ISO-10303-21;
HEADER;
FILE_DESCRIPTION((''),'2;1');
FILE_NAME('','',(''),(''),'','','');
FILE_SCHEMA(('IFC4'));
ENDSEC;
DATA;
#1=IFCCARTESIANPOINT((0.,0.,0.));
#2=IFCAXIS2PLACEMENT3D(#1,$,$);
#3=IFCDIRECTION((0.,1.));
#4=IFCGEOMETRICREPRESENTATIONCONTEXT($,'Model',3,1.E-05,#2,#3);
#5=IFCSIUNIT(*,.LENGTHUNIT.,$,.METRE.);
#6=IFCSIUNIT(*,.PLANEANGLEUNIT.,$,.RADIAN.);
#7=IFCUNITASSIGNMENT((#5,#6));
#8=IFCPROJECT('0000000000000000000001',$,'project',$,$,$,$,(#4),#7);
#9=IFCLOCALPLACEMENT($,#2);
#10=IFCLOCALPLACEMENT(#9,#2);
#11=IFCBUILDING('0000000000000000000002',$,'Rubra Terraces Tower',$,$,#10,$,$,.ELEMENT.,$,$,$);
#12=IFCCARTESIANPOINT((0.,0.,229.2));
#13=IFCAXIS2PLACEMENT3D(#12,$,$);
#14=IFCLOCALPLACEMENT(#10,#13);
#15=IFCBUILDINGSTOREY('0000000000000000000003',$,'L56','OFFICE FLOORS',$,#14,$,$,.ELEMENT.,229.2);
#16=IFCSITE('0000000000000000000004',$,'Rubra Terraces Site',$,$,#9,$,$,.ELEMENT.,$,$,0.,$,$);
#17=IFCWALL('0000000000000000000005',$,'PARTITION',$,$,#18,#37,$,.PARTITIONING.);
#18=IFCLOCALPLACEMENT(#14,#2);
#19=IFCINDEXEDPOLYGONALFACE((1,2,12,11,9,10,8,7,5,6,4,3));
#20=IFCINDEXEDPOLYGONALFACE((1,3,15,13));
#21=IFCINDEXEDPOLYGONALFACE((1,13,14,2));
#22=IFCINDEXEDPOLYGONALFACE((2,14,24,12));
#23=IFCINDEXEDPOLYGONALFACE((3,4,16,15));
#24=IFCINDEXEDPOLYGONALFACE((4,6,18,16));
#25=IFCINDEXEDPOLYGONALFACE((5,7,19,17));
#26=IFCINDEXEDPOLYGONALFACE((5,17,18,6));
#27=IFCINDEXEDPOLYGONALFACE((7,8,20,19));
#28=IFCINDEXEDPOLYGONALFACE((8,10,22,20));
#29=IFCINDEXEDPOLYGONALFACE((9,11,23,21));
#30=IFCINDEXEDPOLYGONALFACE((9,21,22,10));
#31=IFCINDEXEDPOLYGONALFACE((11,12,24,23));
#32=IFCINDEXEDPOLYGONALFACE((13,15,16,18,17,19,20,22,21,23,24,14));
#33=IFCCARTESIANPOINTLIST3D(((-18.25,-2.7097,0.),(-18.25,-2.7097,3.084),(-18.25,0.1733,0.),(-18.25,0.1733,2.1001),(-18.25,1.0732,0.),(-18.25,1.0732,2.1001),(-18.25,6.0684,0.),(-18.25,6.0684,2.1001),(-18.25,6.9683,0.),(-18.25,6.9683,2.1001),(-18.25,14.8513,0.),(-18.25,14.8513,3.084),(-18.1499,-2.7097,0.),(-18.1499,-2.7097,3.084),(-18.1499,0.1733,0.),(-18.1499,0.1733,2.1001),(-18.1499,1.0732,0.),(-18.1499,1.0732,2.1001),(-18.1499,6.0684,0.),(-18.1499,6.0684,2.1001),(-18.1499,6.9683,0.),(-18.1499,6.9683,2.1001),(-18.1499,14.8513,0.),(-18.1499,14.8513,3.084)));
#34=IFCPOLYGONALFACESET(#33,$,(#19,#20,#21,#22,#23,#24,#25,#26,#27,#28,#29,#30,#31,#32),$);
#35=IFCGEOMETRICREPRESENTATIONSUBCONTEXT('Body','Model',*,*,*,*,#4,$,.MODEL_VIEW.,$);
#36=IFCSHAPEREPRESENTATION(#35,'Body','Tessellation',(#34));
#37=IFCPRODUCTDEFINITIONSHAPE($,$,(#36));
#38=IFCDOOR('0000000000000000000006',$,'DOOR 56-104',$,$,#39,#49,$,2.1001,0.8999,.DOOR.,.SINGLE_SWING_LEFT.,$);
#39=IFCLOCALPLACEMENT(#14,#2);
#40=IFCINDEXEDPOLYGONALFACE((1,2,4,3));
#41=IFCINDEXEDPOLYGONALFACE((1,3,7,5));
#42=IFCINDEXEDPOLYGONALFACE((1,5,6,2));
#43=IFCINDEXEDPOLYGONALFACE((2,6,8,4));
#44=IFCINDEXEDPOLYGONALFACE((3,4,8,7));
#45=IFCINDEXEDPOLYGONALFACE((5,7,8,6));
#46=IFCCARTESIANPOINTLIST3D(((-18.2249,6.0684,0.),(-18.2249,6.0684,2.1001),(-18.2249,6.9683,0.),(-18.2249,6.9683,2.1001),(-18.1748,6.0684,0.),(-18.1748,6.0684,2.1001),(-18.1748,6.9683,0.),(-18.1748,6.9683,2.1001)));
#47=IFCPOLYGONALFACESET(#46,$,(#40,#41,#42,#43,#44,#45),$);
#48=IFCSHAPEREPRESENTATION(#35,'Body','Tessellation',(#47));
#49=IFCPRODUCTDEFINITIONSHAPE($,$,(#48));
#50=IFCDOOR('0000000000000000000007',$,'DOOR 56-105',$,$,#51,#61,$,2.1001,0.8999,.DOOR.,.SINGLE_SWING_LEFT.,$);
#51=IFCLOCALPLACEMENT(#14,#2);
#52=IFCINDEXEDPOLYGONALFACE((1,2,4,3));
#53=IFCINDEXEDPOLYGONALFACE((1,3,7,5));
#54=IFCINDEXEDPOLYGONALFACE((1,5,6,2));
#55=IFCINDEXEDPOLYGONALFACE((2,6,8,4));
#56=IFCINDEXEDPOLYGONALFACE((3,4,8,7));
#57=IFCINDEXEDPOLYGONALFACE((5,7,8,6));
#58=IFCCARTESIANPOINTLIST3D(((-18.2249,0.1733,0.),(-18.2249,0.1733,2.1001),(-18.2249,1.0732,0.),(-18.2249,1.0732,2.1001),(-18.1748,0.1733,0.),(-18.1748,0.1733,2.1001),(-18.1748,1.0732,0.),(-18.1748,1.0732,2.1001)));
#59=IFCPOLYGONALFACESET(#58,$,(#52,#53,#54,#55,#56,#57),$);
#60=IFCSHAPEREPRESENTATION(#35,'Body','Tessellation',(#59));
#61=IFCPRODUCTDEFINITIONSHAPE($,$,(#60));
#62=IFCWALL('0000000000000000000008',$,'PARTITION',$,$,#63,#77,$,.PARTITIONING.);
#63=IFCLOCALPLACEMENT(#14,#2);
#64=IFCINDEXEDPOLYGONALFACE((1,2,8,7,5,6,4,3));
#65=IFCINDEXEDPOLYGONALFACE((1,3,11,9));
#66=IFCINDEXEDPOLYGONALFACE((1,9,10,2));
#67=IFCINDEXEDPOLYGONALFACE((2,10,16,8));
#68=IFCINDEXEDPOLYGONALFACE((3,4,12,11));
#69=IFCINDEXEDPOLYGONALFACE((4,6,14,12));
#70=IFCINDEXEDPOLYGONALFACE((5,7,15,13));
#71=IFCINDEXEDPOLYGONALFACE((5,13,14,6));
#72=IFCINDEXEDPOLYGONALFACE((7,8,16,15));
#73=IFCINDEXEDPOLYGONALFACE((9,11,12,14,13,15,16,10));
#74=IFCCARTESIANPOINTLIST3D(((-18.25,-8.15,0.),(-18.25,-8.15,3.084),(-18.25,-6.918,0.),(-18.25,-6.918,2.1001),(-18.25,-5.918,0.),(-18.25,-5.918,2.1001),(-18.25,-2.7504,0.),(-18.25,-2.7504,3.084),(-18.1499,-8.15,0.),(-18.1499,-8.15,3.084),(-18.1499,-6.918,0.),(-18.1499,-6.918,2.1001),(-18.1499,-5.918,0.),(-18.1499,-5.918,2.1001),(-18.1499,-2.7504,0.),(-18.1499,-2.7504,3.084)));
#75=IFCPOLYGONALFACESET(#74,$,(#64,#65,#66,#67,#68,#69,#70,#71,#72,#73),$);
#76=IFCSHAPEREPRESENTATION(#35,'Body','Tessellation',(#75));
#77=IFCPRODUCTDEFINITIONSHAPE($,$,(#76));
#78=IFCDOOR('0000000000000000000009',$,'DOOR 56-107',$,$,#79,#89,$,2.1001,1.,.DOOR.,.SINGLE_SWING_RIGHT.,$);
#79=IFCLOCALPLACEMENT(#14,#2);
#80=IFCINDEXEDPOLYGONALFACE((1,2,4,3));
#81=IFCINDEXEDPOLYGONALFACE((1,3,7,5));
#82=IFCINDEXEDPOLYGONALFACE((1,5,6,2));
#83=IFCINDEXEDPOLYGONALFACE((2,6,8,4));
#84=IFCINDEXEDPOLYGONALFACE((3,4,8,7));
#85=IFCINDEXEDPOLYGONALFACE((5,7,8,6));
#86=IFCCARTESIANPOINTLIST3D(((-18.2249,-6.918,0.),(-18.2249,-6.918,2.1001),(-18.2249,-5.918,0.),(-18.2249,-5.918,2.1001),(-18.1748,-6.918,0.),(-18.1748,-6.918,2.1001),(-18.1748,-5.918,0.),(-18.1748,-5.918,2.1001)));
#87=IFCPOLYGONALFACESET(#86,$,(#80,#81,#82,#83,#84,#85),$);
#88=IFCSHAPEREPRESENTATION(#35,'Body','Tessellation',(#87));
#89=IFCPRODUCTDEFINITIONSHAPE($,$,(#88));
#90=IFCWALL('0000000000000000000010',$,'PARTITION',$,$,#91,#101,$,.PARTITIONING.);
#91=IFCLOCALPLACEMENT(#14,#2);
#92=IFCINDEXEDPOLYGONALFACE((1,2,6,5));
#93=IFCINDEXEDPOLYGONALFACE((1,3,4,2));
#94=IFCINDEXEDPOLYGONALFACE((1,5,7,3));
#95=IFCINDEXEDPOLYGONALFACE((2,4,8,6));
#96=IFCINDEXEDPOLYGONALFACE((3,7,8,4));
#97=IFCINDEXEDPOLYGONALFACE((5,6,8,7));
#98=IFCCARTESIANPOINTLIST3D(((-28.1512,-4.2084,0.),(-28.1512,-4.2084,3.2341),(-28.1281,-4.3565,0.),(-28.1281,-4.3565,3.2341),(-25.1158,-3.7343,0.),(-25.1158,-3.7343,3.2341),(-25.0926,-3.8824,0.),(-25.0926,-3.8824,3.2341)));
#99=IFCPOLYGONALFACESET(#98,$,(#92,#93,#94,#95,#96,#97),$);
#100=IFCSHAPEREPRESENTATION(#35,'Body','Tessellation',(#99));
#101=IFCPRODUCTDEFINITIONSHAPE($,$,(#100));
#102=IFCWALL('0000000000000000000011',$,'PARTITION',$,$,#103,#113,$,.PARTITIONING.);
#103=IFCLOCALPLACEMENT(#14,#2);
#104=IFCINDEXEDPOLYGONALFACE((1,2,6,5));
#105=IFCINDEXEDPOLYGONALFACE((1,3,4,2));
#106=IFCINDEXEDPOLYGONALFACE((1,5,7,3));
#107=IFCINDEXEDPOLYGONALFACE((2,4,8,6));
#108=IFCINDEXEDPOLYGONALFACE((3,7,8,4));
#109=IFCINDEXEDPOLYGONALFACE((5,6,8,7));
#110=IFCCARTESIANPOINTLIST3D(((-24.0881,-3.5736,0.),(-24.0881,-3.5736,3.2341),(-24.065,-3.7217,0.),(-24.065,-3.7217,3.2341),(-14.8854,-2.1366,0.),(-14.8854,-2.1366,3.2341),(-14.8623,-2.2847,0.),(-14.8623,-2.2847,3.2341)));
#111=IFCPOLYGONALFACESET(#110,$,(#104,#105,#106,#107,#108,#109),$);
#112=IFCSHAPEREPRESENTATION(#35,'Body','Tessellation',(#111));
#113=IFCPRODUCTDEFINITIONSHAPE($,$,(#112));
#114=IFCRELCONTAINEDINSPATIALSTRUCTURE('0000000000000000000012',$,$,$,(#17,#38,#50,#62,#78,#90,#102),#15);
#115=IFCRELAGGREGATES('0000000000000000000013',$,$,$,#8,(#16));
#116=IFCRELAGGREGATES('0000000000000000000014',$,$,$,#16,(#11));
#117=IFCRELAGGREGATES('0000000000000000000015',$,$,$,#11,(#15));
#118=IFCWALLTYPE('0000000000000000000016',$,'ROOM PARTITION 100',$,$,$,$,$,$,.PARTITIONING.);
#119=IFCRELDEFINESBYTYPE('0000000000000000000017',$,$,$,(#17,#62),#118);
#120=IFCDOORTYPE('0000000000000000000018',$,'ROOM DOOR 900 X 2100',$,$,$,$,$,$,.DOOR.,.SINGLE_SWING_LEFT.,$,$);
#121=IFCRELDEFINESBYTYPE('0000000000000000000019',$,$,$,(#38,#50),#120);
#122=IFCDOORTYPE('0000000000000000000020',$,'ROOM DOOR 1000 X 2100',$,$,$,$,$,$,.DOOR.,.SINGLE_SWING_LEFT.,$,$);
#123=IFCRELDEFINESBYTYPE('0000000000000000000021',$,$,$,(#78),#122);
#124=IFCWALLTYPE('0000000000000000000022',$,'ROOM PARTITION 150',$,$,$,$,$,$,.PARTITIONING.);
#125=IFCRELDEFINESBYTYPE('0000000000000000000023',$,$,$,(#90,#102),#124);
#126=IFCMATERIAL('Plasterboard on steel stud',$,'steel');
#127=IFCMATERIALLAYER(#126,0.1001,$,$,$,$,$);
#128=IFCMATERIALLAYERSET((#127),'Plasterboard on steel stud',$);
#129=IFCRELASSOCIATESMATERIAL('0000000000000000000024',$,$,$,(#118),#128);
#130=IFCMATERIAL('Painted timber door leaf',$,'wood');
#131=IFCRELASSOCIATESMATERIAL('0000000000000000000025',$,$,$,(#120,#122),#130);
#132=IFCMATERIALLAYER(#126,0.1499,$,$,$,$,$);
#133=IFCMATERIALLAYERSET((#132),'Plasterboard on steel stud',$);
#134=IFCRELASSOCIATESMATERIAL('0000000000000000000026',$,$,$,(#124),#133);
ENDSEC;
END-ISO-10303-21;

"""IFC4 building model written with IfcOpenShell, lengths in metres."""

from ifc_helpers import new_model, si_unit, direction, frame, frame_2d, origin, place, context, subcontext, project, spatial, rectangle, extrude, material, layer, layer_set, type_object, element, fill, save


model = new_model("IFC4")

# Units and contexts
model_context = context("Model", 3, precision=1e-05, world=origin(), true_north=direction((0.0, 1.0)))
body_context = subcontext(model_context, "Body", "Model", "MODEL_VIEW")
ifc_project = project(units=[si_unit("LENGTHUNIT", "METRE"), si_unit("PLANEANGLEUNIT", "RADIAN")], contexts=[model_context])

# Site, building, storey
site_placement = place(None, origin())
site = spatial("IfcSite", under=ifc_project, at=site_placement, Name="Rubra Terraces Site", CompositionType="ELEMENT", RefElevation=0.0)
building_placement = place(site_placement, origin())
building = spatial("IfcBuilding", under=site, at=building_placement, Name="Rubra Terraces Tower", CompositionType="ELEMENT")
storey_placement = place(building_placement, frame((0.0, 0.0, 229.2)))
storey = spatial("IfcBuildingStorey", under=building, at=storey_placement, Name="L56", Description="OFFICE FLOORS", CompositionType="ELEMENT", Elevation=229.2)

# Wall, openings, doors
ifc_material_1 = material(Name="Plasterboard on steel stud", Category="steel")
ifc_layer_1 = layer(ifc_material_1, 0.1001)
ifc_layer_set_1 = layer_set([ifc_layer_1], Name="Plasterboard on steel stud")
wall_type_1 = type_object("IfcWallType", Name="ROOM PARTITION 100", PredefinedType="PARTITIONING", material=ifc_layer_set_1)
wall_1_placement = place(storey_placement, frame((-18.2, -2.7097, 0.0), z_axis=(0.0, 0.0, 1.0), x_axis=(0.0, 1.0, 0.0)))
wall_1 = element("IfcWall", 1, at=wall_1_placement, inside=storey, type_object=wall_type_1, Name="PARTITION", PredefinedType="PARTITIONING", context=body_context, shape_type="SweptSolid", body=[
    extrude(rectangle(XDim=17.561, YDim=0.1001, at=frame_2d((8.7805, 0.0))), origin(), (0.0, 0.0, 1.0), 3.084),
])
opening_1_placement = place(wall_1_placement, frame((8.7781, 0.0, 0.0)))
opening_1 = element("IfcOpeningElement", 2, at=opening_1_placement, cuts=wall_1, PredefinedType="OPENING", context=body_context, shape_type="SweptSolid", body=[
    extrude(rectangle(XDim=0.8999, YDim=2.1001, at=frame_2d((0.45, 1.05))), frame((0.0, 0.0601, 0.0), z_axis=(0.0, -1.0, 0.0), x_axis=(1.0, 0.0, 0.0)), (0.0, 0.0, 1.0), 0.1201),
])
opening_2_placement = place(wall_1_placement, frame((2.8831, 0.0, 0.0)))
opening_2 = element("IfcOpeningElement", 3, at=opening_2_placement, cuts=wall_1, PredefinedType="OPENING", context=body_context, shape_type="SweptSolid", body=[
    extrude(rectangle(XDim=0.8999, YDim=2.1001, at=frame_2d((0.45, 1.05))), frame((0.0, 0.0601, 0.0), z_axis=(0.0, -1.0, 0.0), x_axis=(1.0, 0.0, 0.0)), (0.0, 0.0, 1.0), 0.1201),
])
ifc_material_2 = material(Name="Painted timber door leaf", Category="wood")
door_type_1 = type_object("IfcDoorType", Name="ROOM DOOR 900 X 2100", OperationType="SINGLE_SWING_LEFT", PredefinedType="DOOR", material=ifc_material_2)
door_1_placement = place(opening_1_placement, origin())
door_1 = element("IfcDoor", 4, at=door_1_placement, inside=storey, type_object=door_type_1, Name="DOOR 56-104", OperationType="SINGLE_SWING_LEFT", OverallHeight=2.1001, OverallWidth=0.8999, PredefinedType="DOOR", context=body_context, shape_type="SweptSolid", body=[
    extrude(rectangle(XDim=0.8999, YDim=2.1001, at=frame_2d((0.45, 1.05))), frame((0.0, 0.0249, 0.0), z_axis=(0.0, -1.0, 0.0), x_axis=(1.0, 0.0, 0.0)), (0.0, 0.0, 1.0), 0.05),
])
fill(opening_1, door_1)
door_2_placement = place(opening_2_placement, origin())
door_2 = element("IfcDoor", 5, at=door_2_placement, inside=storey, type_object=door_type_1, Name="DOOR 56-105", OperationType="SINGLE_SWING_LEFT", OverallHeight=2.1001, OverallWidth=0.8999, PredefinedType="DOOR", context=body_context, shape_type="SweptSolid", body=[
    extrude(rectangle(XDim=0.8999, YDim=2.1001, at=frame_2d((0.45, 1.05))), frame((0.0, 0.0249, 0.0), z_axis=(0.0, -1.0, 0.0), x_axis=(1.0, 0.0, 0.0)), (0.0, 0.0, 1.0), 0.05),
])
fill(opening_2, door_2)

# Wall, opening, door
wall_2_placement = place(storey_placement, frame((-18.2, -8.1499, 0.0), z_axis=(0.0, 0.0, 1.0), x_axis=(0.0, 1.0, 0.0)))
wall_2 = element("IfcWall", 6, at=wall_2_placement, inside=storey, type_object=wall_type_1, Name="PARTITION", PredefinedType="PARTITIONING", context=body_context, shape_type="SweptSolid", body=[
    extrude(rectangle(XDim=5.3997, YDim=0.1001, at=frame_2d((2.6997, 0.0))), origin(), (0.0, 0.0, 1.0), 3.084),
])
opening_3_placement = place(wall_2_placement, frame((1.2319, 0.0, 0.0)))
opening_3 = element("IfcOpeningElement", 7, at=opening_3_placement, cuts=wall_2, PredefinedType="OPENING", context=body_context, shape_type="SweptSolid", body=[
    extrude(rectangle(XDim=1.0, YDim=2.1001, at=frame_2d((0.5, 1.05))), frame((0.0, 0.0601, 0.0), z_axis=(0.0, -1.0, 0.0), x_axis=(1.0, 0.0, 0.0)), (0.0, 0.0, 1.0), 0.1201),
])
door_type_2 = type_object("IfcDoorType", Name="ROOM DOOR 1000 X 2100", OperationType="SINGLE_SWING_LEFT", PredefinedType="DOOR", material=ifc_material_2)
door_3_placement = place(opening_3_placement, origin())
door_3 = element("IfcDoor", 8, at=door_3_placement, inside=storey, type_object=door_type_2, Name="DOOR 56-107", OperationType="SINGLE_SWING_RIGHT", OverallHeight=2.1001, OverallWidth=1.0, PredefinedType="DOOR", context=body_context, shape_type="SweptSolid", body=[
    extrude(rectangle(XDim=1.0, YDim=2.1001, at=frame_2d((0.5, 1.05))), frame((0.0, 0.0249, 0.0), z_axis=(0.0, -1.0, 0.0), x_axis=(1.0, 0.0, 0.0)), (0.0, 0.0, 1.0), 0.05),
])
fill(opening_3, door_3)

# Walls
ifc_layer_2 = layer(ifc_material_1, 0.1499)
ifc_layer_set_2 = layer_set([ifc_layer_2], Name="Plasterboard on steel stud")
wall_type_2 = type_object("IfcWallType", Name="ROOM PARTITION 150", PredefinedType="PARTITIONING", material=ifc_layer_set_2)
wall_3_placement = place(storey_placement, frame((-28.1396, -4.2825, 0.0), z_axis=(0.0, 0.0, 1.0), x_axis=(0.98802, 0.154326, 0.0)))
element("IfcWall", 9, at=wall_3_placement, inside=storey, type_object=wall_type_2, Name="PARTITION", PredefinedType="PARTITIONING", context=body_context, shape_type="SweptSolid", body=[
    extrude(rectangle(XDim=3.0723, YDim=0.1499, at=frame_2d((1.5361, 0.0))), origin(), (0.0, 0.0, 1.0), 3.2341),
])
wall_4_placement = place(storey_placement, frame((-24.0767, -3.6477, 0.0), z_axis=(0.0, 0.0, 1.0), x_axis=(0.988027, 0.154283, 0.0)))
element("IfcWall", 10, at=wall_4_placement, inside=storey, type_object=wall_type_2, Name="PARTITION", PredefinedType="PARTITIONING", context=body_context, shape_type="SweptSolid", body=[
    extrude(rectangle(XDim=9.3142, YDim=0.1499, at=frame_2d((4.6572, 0.0))), origin(), (0.0, 0.0, 1.0), 3.2341),
])

save(model, "model.ifc")
